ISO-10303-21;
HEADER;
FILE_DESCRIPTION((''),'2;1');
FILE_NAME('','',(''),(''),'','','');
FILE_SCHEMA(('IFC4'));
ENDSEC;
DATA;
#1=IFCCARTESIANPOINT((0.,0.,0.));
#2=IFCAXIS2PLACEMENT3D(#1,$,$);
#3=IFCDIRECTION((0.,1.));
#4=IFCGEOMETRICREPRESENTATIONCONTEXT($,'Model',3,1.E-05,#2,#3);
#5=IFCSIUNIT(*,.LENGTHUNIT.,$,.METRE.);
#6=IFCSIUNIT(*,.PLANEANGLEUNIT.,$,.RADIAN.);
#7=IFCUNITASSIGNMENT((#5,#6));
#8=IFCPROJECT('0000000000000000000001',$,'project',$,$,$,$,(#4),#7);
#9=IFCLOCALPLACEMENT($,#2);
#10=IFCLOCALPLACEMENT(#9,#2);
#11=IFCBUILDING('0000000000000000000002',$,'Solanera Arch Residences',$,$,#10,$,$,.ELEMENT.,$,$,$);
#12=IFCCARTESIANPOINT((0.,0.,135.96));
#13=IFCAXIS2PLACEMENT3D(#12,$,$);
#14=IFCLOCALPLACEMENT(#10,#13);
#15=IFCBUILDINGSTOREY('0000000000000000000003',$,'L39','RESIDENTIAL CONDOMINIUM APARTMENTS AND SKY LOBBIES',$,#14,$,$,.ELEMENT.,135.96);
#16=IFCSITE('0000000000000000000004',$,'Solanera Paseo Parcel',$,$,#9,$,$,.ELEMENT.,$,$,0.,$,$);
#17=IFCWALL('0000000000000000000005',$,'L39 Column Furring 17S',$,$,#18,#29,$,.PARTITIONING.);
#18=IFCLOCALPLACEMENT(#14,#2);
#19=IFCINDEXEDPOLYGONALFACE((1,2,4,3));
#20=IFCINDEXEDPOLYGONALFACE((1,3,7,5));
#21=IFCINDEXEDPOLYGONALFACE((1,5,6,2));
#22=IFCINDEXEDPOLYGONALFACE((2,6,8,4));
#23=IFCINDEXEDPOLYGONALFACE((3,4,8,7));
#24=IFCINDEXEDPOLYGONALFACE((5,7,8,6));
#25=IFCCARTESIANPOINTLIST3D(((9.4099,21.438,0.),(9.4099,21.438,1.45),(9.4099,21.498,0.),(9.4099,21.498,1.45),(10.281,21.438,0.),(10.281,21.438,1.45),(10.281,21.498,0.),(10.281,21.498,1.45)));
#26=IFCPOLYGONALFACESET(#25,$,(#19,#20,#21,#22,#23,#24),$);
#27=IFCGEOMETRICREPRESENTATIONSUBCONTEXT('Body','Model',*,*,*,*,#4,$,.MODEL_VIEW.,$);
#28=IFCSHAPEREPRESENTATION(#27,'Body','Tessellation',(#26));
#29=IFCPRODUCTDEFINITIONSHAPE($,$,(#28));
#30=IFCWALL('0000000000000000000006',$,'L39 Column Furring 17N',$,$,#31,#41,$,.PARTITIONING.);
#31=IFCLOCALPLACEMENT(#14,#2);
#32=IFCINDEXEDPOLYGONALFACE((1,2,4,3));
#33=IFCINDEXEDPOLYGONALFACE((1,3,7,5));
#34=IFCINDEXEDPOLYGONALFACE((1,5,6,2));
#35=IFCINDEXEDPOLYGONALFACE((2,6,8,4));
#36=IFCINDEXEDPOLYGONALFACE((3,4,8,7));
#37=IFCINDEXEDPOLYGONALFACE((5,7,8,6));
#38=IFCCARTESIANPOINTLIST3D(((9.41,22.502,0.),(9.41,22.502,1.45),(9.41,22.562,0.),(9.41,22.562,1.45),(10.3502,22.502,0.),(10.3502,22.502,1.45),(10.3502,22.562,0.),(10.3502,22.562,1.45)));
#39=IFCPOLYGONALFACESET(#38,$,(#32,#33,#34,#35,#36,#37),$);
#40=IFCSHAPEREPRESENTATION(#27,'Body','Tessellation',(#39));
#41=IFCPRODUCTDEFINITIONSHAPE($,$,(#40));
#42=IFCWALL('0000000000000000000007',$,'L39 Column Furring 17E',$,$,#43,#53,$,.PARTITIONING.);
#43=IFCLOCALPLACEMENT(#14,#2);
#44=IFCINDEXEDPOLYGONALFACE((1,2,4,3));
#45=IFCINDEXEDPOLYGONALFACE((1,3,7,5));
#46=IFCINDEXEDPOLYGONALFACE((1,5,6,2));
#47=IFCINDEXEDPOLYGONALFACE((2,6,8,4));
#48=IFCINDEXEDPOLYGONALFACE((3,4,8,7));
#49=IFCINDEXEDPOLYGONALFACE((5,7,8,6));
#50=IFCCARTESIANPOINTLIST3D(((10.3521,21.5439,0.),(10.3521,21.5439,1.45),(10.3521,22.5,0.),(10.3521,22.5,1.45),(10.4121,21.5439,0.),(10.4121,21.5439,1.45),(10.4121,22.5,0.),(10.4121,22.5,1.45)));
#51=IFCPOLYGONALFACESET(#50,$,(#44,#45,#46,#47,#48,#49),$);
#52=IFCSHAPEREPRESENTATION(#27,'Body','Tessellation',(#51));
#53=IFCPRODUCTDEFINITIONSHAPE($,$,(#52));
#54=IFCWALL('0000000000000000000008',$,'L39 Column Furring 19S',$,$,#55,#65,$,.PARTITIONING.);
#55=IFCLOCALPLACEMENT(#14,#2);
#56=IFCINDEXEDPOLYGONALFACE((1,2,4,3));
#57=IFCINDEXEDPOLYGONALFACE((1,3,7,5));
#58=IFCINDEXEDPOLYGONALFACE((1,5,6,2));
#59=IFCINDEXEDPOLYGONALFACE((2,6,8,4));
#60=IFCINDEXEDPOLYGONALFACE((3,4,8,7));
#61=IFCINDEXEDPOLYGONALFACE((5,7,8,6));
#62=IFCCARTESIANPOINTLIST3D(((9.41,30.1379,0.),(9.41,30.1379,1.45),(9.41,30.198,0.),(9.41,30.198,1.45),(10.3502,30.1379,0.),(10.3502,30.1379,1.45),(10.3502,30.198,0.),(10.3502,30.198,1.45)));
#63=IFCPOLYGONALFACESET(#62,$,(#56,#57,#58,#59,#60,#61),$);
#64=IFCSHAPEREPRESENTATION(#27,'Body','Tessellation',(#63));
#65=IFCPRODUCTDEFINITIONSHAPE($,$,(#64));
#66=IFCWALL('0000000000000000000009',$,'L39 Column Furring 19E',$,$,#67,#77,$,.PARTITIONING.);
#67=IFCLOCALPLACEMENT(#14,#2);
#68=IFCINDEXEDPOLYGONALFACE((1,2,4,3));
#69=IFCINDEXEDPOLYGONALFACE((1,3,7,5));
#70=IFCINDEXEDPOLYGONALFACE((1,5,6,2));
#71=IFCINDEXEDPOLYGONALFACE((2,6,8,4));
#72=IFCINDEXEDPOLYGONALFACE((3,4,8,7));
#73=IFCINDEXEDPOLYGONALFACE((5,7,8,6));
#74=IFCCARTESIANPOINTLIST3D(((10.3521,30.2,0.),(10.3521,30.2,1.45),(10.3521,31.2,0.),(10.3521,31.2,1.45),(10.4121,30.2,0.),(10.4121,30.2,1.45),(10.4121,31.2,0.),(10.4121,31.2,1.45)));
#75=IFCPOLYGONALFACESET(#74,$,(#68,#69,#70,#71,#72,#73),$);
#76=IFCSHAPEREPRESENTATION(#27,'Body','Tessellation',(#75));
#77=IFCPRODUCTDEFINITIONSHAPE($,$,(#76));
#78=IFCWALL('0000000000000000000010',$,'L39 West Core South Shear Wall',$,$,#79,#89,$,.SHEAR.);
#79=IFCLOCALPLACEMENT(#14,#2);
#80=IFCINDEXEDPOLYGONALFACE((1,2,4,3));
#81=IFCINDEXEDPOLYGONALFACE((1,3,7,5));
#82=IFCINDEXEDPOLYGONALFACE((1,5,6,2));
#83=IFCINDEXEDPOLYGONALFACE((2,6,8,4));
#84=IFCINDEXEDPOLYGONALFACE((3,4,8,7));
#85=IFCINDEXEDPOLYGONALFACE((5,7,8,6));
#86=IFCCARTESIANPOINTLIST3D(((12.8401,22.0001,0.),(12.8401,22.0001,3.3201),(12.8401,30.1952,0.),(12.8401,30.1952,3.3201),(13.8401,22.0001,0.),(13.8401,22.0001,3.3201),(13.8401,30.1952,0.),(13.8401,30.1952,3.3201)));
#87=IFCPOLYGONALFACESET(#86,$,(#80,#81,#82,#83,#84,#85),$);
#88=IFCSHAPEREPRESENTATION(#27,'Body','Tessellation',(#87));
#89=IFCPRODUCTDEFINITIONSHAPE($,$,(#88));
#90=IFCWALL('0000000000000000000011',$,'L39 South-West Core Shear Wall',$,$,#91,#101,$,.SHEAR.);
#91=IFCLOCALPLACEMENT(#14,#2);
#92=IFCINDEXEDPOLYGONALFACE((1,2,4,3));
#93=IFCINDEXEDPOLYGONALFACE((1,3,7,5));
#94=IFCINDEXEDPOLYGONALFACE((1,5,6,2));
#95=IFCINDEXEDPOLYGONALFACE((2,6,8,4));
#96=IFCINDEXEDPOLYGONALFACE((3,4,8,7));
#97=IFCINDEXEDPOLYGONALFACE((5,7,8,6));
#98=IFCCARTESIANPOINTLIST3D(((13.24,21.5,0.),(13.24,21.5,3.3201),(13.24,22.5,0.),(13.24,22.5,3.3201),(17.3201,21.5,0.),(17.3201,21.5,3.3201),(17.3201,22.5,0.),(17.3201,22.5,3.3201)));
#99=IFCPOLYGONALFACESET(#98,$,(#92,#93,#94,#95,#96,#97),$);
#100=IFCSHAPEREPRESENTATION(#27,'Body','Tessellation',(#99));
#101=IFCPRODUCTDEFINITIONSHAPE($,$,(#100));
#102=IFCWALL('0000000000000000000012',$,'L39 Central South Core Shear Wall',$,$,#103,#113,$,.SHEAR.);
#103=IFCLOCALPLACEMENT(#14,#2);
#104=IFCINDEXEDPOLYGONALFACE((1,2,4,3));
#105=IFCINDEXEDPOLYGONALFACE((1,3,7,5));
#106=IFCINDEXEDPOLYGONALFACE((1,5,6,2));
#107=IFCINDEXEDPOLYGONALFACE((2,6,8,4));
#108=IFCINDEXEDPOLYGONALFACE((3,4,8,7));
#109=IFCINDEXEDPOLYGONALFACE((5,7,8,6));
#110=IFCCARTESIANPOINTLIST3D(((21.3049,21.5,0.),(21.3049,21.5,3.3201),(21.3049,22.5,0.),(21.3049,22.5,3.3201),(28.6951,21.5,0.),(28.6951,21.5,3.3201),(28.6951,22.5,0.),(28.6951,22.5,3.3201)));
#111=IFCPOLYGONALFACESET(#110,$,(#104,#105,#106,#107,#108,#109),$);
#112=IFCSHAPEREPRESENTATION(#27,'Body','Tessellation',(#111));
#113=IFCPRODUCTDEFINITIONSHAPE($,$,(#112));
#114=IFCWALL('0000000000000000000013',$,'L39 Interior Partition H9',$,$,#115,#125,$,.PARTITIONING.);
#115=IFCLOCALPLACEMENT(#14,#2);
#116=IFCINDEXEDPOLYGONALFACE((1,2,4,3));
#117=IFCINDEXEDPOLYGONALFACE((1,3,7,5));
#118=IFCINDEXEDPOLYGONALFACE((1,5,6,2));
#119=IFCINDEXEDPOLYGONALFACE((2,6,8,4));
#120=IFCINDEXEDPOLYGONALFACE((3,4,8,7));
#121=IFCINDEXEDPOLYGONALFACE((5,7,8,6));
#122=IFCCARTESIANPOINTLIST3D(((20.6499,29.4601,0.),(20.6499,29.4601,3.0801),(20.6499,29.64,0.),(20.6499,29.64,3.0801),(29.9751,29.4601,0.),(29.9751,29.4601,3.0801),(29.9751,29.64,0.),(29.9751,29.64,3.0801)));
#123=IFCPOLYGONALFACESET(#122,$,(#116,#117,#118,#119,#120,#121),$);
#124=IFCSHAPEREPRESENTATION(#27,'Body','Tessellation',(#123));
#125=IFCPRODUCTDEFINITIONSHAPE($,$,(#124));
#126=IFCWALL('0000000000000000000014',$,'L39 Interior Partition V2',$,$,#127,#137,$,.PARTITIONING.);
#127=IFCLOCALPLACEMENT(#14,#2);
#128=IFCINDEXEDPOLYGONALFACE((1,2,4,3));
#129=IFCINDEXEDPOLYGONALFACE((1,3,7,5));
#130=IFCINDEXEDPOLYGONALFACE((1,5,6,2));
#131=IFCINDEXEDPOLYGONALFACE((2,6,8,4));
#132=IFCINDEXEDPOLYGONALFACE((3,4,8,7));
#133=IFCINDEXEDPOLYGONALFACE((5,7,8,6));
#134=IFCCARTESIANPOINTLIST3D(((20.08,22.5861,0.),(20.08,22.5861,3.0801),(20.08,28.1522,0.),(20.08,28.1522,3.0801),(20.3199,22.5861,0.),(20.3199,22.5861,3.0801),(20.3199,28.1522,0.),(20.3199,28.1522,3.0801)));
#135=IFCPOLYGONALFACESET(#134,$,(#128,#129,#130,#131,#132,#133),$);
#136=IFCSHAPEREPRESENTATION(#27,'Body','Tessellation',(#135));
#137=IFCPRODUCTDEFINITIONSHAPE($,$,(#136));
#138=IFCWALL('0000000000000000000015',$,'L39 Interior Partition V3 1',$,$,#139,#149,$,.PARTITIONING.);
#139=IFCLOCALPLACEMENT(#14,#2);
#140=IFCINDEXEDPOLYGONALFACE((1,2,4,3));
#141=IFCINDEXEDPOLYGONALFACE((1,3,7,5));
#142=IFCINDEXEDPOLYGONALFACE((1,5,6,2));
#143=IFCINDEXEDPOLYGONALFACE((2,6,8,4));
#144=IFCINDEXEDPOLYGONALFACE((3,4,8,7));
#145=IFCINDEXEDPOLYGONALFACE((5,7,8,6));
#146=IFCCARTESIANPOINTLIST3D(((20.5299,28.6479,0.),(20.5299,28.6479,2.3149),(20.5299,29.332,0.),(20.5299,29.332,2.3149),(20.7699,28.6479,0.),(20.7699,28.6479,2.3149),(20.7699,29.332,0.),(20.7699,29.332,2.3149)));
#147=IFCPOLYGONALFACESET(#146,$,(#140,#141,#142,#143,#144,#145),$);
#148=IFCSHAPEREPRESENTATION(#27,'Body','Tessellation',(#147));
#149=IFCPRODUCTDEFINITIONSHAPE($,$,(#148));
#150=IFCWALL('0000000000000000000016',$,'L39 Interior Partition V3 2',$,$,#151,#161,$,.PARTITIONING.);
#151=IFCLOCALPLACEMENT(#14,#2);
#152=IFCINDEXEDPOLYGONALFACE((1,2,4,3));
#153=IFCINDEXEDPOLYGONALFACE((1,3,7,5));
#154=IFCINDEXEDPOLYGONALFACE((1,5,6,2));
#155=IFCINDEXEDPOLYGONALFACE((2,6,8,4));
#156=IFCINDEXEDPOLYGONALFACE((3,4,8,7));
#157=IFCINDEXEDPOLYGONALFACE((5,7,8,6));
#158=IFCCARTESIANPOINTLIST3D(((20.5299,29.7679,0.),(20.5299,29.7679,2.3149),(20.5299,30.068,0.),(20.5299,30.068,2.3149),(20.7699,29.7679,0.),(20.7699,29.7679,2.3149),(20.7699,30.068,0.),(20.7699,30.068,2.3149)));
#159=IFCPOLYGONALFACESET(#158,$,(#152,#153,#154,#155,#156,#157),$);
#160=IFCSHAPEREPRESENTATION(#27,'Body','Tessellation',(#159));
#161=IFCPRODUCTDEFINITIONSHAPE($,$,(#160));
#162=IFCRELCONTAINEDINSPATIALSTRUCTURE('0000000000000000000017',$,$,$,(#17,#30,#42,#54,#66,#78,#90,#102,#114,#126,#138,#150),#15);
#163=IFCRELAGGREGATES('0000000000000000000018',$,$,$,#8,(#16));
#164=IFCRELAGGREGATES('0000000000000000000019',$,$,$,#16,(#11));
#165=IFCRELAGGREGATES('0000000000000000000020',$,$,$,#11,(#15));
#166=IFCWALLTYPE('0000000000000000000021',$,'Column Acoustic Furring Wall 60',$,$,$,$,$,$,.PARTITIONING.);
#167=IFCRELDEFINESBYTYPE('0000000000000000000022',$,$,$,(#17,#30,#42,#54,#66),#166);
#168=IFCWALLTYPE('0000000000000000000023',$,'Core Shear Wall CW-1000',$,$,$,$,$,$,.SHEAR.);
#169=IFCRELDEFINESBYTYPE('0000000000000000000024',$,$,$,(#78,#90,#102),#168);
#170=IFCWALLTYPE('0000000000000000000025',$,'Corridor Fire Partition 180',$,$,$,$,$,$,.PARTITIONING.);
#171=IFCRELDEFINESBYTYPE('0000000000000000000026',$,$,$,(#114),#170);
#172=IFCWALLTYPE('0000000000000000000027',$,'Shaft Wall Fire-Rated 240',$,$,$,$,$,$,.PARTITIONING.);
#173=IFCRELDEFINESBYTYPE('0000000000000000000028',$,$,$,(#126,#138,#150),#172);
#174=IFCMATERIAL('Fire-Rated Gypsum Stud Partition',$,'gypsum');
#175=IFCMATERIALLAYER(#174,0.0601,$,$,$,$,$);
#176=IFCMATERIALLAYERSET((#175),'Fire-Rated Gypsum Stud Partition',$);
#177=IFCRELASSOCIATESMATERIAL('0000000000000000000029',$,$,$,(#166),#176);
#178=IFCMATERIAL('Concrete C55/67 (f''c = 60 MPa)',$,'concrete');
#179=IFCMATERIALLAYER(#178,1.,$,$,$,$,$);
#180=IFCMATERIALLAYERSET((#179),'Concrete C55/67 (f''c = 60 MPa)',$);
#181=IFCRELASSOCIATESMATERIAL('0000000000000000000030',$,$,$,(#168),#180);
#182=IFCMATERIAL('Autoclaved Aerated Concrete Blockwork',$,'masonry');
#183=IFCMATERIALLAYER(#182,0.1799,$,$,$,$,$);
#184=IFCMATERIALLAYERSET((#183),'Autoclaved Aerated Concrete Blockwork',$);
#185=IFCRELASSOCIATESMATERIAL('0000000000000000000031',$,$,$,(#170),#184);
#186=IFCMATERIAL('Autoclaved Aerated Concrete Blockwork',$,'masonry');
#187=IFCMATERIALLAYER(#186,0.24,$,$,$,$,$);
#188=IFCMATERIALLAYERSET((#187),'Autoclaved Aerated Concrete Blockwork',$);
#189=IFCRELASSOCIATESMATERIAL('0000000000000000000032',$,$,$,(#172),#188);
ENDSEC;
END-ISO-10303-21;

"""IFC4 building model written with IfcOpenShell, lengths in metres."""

from ifc_helpers import new_model, si_unit, direction, frame, frame_2d, origin, place, context, subcontext, project, spatial, rectangle, extrude, material, layer, layer_set, type_object, element, save


model = new_model("IFC4")

# Units and contexts
model_context = context("Model", 3, precision=1e-05, world=origin(), true_north=direction((0.0, 1.0)))
body_context = subcontext(model_context, "Body", "Model", "MODEL_VIEW")
ifc_project = project(units=[si_unit("LENGTHUNIT", "METRE"), si_unit("PLANEANGLEUNIT", "RADIAN")], contexts=[model_context])

# Site, building, storey
site_placement = place(None, origin())
site = spatial("IfcSite", under=ifc_project, at=site_placement, Name="Solanera Paseo Parcel", CompositionType="ELEMENT", RefElevation=0.0)
building_placement = place(site_placement, origin())
building = spatial("IfcBuilding", under=site, at=building_placement, Name="Solanera Arch Residences", CompositionType="ELEMENT")
storey_placement = place(building_placement, frame((0.0, 0.0, 135.96)))
storey = spatial("IfcBuildingStorey", under=building, at=storey_placement, Name="L39", Description="RESIDENTIAL CONDOMINIUM APARTMENTS AND SKY LOBBIES", CompositionType="ELEMENT", Elevation=135.96)

# Walls
ifc_material_1 = material(Name="Fire-Rated Gypsum Stud Partition", Category="gypsum")
ifc_layer_1 = layer(ifc_material_1, 0.0601)
ifc_layer_set_1 = layer_set([ifc_layer_1], Name="Fire-Rated Gypsum Stud Partition")
wall_type_1 = type_object("IfcWallType", Name="Column Acoustic Furring Wall 60", PredefinedType="PARTITIONING", material=ifc_layer_set_1)
wall_1_placement = place(storey_placement, frame((9.4099, 21.468, 0.0), z_axis=(0.0, 0.0, 1.0), x_axis=(1.0, 0.0, 0.0)))
element("IfcWall", 1, at=wall_1_placement, inside=storey, type_object=wall_type_1, Name="L39 Column Furring 17S", PredefinedType="PARTITIONING", context=body_context, shape_type="SweptSolid", body=[
    extrude(rectangle(XDim=0.8711, YDim=0.0601, at=frame_2d((0.4355, 0.0))), origin(), (0.0, 0.0, 1.0), 1.45),
])
wall_2_placement = place(storey_placement, frame((9.4099, 22.532, 0.0), z_axis=(0.0, 0.0, 1.0), x_axis=(1.0, 0.0, 0.0)))
element("IfcWall", 2, at=wall_2_placement, inside=storey, type_object=wall_type_1, Name="L39 Column Furring 17N", PredefinedType="PARTITIONING", context=body_context, shape_type="SweptSolid", body=[
    extrude(rectangle(XDim=0.9402, YDim=0.0601, at=frame_2d((0.4702, 0.0))), origin(), (0.0, 0.0, 1.0), 1.45),
])
wall_3_placement = place(storey_placement, frame((10.3821, 21.5439, 0.0), z_axis=(0.0, 0.0, 1.0), x_axis=(0.0, 1.0, 0.0)))
element("IfcWall", 3, at=wall_3_placement, inside=storey, type_object=wall_type_1, Name="L39 Column Furring 17E", PredefinedType="PARTITIONING", context=body_context, shape_type="SweptSolid", body=[
    extrude(rectangle(XDim=0.9561, YDim=0.0601, at=frame_2d((0.478, 0.0))), origin(), (0.0, 0.0, 1.0), 1.45),
])
wall_4_placement = place(storey_placement, frame((9.4099, 30.168, 0.0), z_axis=(0.0, 0.0, 1.0), x_axis=(1.0, 0.0, 0.0)))
element("IfcWall", 4, at=wall_4_placement, inside=storey, type_object=wall_type_1, Name="L39 Column Furring 19S", PredefinedType="PARTITIONING", context=body_context, shape_type="SweptSolid", body=[
    extrude(rectangle(XDim=0.9402, YDim=0.0601, at=frame_2d((0.4702, 0.0))), origin(), (0.0, 0.0, 1.0), 1.45),
])
wall_5_placement = place(storey_placement, frame((10.3821, 30.2, 0.0), z_axis=(0.0, 0.0, 1.0), x_axis=(0.0, 1.0, 0.0)))
element("IfcWall", 5, at=wall_5_placement, inside=storey, type_object=wall_type_1, Name="L39 Column Furring 19E", PredefinedType="PARTITIONING", context=body_context, shape_type="SweptSolid", body=[
    extrude(rectangle(XDim=1.0, YDim=0.0601, at=frame_2d((0.5, 0.0))), origin(), (0.0, 0.0, 1.0), 1.45),
])
ifc_material_2 = material(Name="Concrete C55/67 (f'c = 60 MPa)", Category="concrete")
ifc_layer_2 = layer(ifc_material_2, 1.0)
ifc_layer_set_2 = layer_set([ifc_layer_2], Name="Concrete C55/67 (f'c = 60 MPa)")
wall_type_2 = type_object("IfcWallType", Name="Core Shear Wall CW-1000", PredefinedType="SHEAR", material=ifc_layer_set_2)
wall_6_placement = place(storey_placement, frame((13.3401, 22.0, 0.0), z_axis=(0.0, 0.0, 1.0), x_axis=(0.0, 1.0, 0.0)))
element("IfcWall", 6, at=wall_6_placement, inside=storey, type_object=wall_type_2, Name="L39 West Core South Shear Wall", PredefinedType="SHEAR", context=body_context, shape_type="SweptSolid", body=[
    extrude(rectangle(XDim=8.1951, YDim=1.0, at=frame_2d((4.0977, 0.0))), origin(), (0.0, 0.0, 1.0), 3.3201),
])
wall_7_placement = place(storey_placement, frame((13.24, 22.0, 0.0), z_axis=(0.0, 0.0, 1.0), x_axis=(1.0, 0.0, 0.0)))
element("IfcWall", 7, at=wall_7_placement, inside=storey, type_object=wall_type_2, Name="L39 South-West Core Shear Wall", PredefinedType="SHEAR", context=body_context, shape_type="SweptSolid", body=[
    extrude(rectangle(XDim=4.0801, YDim=1.0, at=frame_2d((2.04, 0.0))), origin(), (0.0, 0.0, 1.0), 3.3201),
])
wall_8_placement = place(storey_placement, frame((21.3049, 22.0, 0.0), z_axis=(0.0, 0.0, 1.0), x_axis=(1.0, 0.0, 0.0)))
element("IfcWall", 8, at=wall_8_placement, inside=storey, type_object=wall_type_2, Name="L39 Central South Core Shear Wall", PredefinedType="SHEAR", context=body_context, shape_type="SweptSolid", body=[
    extrude(rectangle(XDim=7.3901, YDim=1.0, at=frame_2d((3.6951, 0.0))), origin(), (0.0, 0.0, 1.0), 3.3201),
])

# Wall
ifc_material_3 = material(Name="Autoclaved Aerated Concrete Blockwork", Category="masonry")
ifc_layer_3 = layer(ifc_material_3, 0.1799)
ifc_layer_set_3 = layer_set([ifc_layer_3], Name="Autoclaved Aerated Concrete Blockwork")
wall_type_3 = type_object("IfcWallType", Name="Corridor Fire Partition 180", PredefinedType="PARTITIONING", material=ifc_layer_set_3)
wall_9_placement = place(storey_placement, frame((20.6499, 29.55, 0.0), z_axis=(0.0, 0.0, 1.0), x_axis=(1.0, 0.0, 0.0)))
element("IfcWall", 9, at=wall_9_placement, inside=storey, type_object=wall_type_3, Name="L39 Interior Partition H9", PredefinedType="PARTITIONING", context=body_context, shape_type="SweptSolid", body=[
    extrude(rectangle(XDim=9.3252, YDim=0.1799, at=frame_2d((4.6626, 0.0))), origin(), (0.0, 0.0, 1.0), 3.0801),
])

# Shared definitions
ifc_material_4 = material(Name="Autoclaved Aerated Concrete Blockwork", Category="masonry")
ifc_layer_4 = layer(ifc_material_4, 0.24)
ifc_layer_set_4 = layer_set([ifc_layer_4], Name="Autoclaved Aerated Concrete Blockwork")
wall_type_4 = type_object("IfcWallType", Name="Shaft Wall Fire-Rated 240", PredefinedType="PARTITIONING", material=ifc_layer_set_4)

# Walls
wall_10_placement = place(storey_placement, frame((20.2, 22.5859, 0.0), z_axis=(0.0, 0.0, 1.0), x_axis=(0.0, 1.0, 0.0)))
element("IfcWall", 10, at=wall_10_placement, inside=storey, type_object=wall_type_4, Name="L39 Interior Partition V2", PredefinedType="PARTITIONING", context=body_context, shape_type="SweptSolid", body=[
    extrude(rectangle(XDim=5.5662, YDim=0.24, at=frame_2d((2.7832, 0.0))), origin(), (0.0, 0.0, 1.0), 3.0801),
])
wall_11_placement = place(storey_placement, frame((20.6499, 28.6479, 0.0), z_axis=(0.0, 0.0, 1.0), x_axis=(0.0, 1.0, 0.0)))
element("IfcWall", 11, at=wall_11_placement, inside=storey, type_object=wall_type_4, Name="L39 Interior Partition V3 1", PredefinedType="PARTITIONING", context=body_context, shape_type="SweptSolid", body=[
    extrude(rectangle(XDim=0.6841, YDim=0.24, at=frame_2d((0.342, 0.0))), origin(), (0.0, 0.0, 1.0), 2.3149),
])
wall_12_placement = place(storey_placement, frame((20.6499, 29.7681, 0.0), z_axis=(0.0, 0.0, 1.0), x_axis=(0.0, 1.0, 0.0)))
element("IfcWall", 12, at=wall_12_placement, inside=storey, type_object=wall_type_4, Name="L39 Interior Partition V3 2", PredefinedType="PARTITIONING", context=body_context, shape_type="SweptSolid", body=[
    extrude(rectangle(XDim=0.3, YDim=0.24, at=frame_2d((0.1499, 0.0))), origin(), (0.0, 0.0, 1.0), 2.3149),
])

save(model, "model.ifc")
